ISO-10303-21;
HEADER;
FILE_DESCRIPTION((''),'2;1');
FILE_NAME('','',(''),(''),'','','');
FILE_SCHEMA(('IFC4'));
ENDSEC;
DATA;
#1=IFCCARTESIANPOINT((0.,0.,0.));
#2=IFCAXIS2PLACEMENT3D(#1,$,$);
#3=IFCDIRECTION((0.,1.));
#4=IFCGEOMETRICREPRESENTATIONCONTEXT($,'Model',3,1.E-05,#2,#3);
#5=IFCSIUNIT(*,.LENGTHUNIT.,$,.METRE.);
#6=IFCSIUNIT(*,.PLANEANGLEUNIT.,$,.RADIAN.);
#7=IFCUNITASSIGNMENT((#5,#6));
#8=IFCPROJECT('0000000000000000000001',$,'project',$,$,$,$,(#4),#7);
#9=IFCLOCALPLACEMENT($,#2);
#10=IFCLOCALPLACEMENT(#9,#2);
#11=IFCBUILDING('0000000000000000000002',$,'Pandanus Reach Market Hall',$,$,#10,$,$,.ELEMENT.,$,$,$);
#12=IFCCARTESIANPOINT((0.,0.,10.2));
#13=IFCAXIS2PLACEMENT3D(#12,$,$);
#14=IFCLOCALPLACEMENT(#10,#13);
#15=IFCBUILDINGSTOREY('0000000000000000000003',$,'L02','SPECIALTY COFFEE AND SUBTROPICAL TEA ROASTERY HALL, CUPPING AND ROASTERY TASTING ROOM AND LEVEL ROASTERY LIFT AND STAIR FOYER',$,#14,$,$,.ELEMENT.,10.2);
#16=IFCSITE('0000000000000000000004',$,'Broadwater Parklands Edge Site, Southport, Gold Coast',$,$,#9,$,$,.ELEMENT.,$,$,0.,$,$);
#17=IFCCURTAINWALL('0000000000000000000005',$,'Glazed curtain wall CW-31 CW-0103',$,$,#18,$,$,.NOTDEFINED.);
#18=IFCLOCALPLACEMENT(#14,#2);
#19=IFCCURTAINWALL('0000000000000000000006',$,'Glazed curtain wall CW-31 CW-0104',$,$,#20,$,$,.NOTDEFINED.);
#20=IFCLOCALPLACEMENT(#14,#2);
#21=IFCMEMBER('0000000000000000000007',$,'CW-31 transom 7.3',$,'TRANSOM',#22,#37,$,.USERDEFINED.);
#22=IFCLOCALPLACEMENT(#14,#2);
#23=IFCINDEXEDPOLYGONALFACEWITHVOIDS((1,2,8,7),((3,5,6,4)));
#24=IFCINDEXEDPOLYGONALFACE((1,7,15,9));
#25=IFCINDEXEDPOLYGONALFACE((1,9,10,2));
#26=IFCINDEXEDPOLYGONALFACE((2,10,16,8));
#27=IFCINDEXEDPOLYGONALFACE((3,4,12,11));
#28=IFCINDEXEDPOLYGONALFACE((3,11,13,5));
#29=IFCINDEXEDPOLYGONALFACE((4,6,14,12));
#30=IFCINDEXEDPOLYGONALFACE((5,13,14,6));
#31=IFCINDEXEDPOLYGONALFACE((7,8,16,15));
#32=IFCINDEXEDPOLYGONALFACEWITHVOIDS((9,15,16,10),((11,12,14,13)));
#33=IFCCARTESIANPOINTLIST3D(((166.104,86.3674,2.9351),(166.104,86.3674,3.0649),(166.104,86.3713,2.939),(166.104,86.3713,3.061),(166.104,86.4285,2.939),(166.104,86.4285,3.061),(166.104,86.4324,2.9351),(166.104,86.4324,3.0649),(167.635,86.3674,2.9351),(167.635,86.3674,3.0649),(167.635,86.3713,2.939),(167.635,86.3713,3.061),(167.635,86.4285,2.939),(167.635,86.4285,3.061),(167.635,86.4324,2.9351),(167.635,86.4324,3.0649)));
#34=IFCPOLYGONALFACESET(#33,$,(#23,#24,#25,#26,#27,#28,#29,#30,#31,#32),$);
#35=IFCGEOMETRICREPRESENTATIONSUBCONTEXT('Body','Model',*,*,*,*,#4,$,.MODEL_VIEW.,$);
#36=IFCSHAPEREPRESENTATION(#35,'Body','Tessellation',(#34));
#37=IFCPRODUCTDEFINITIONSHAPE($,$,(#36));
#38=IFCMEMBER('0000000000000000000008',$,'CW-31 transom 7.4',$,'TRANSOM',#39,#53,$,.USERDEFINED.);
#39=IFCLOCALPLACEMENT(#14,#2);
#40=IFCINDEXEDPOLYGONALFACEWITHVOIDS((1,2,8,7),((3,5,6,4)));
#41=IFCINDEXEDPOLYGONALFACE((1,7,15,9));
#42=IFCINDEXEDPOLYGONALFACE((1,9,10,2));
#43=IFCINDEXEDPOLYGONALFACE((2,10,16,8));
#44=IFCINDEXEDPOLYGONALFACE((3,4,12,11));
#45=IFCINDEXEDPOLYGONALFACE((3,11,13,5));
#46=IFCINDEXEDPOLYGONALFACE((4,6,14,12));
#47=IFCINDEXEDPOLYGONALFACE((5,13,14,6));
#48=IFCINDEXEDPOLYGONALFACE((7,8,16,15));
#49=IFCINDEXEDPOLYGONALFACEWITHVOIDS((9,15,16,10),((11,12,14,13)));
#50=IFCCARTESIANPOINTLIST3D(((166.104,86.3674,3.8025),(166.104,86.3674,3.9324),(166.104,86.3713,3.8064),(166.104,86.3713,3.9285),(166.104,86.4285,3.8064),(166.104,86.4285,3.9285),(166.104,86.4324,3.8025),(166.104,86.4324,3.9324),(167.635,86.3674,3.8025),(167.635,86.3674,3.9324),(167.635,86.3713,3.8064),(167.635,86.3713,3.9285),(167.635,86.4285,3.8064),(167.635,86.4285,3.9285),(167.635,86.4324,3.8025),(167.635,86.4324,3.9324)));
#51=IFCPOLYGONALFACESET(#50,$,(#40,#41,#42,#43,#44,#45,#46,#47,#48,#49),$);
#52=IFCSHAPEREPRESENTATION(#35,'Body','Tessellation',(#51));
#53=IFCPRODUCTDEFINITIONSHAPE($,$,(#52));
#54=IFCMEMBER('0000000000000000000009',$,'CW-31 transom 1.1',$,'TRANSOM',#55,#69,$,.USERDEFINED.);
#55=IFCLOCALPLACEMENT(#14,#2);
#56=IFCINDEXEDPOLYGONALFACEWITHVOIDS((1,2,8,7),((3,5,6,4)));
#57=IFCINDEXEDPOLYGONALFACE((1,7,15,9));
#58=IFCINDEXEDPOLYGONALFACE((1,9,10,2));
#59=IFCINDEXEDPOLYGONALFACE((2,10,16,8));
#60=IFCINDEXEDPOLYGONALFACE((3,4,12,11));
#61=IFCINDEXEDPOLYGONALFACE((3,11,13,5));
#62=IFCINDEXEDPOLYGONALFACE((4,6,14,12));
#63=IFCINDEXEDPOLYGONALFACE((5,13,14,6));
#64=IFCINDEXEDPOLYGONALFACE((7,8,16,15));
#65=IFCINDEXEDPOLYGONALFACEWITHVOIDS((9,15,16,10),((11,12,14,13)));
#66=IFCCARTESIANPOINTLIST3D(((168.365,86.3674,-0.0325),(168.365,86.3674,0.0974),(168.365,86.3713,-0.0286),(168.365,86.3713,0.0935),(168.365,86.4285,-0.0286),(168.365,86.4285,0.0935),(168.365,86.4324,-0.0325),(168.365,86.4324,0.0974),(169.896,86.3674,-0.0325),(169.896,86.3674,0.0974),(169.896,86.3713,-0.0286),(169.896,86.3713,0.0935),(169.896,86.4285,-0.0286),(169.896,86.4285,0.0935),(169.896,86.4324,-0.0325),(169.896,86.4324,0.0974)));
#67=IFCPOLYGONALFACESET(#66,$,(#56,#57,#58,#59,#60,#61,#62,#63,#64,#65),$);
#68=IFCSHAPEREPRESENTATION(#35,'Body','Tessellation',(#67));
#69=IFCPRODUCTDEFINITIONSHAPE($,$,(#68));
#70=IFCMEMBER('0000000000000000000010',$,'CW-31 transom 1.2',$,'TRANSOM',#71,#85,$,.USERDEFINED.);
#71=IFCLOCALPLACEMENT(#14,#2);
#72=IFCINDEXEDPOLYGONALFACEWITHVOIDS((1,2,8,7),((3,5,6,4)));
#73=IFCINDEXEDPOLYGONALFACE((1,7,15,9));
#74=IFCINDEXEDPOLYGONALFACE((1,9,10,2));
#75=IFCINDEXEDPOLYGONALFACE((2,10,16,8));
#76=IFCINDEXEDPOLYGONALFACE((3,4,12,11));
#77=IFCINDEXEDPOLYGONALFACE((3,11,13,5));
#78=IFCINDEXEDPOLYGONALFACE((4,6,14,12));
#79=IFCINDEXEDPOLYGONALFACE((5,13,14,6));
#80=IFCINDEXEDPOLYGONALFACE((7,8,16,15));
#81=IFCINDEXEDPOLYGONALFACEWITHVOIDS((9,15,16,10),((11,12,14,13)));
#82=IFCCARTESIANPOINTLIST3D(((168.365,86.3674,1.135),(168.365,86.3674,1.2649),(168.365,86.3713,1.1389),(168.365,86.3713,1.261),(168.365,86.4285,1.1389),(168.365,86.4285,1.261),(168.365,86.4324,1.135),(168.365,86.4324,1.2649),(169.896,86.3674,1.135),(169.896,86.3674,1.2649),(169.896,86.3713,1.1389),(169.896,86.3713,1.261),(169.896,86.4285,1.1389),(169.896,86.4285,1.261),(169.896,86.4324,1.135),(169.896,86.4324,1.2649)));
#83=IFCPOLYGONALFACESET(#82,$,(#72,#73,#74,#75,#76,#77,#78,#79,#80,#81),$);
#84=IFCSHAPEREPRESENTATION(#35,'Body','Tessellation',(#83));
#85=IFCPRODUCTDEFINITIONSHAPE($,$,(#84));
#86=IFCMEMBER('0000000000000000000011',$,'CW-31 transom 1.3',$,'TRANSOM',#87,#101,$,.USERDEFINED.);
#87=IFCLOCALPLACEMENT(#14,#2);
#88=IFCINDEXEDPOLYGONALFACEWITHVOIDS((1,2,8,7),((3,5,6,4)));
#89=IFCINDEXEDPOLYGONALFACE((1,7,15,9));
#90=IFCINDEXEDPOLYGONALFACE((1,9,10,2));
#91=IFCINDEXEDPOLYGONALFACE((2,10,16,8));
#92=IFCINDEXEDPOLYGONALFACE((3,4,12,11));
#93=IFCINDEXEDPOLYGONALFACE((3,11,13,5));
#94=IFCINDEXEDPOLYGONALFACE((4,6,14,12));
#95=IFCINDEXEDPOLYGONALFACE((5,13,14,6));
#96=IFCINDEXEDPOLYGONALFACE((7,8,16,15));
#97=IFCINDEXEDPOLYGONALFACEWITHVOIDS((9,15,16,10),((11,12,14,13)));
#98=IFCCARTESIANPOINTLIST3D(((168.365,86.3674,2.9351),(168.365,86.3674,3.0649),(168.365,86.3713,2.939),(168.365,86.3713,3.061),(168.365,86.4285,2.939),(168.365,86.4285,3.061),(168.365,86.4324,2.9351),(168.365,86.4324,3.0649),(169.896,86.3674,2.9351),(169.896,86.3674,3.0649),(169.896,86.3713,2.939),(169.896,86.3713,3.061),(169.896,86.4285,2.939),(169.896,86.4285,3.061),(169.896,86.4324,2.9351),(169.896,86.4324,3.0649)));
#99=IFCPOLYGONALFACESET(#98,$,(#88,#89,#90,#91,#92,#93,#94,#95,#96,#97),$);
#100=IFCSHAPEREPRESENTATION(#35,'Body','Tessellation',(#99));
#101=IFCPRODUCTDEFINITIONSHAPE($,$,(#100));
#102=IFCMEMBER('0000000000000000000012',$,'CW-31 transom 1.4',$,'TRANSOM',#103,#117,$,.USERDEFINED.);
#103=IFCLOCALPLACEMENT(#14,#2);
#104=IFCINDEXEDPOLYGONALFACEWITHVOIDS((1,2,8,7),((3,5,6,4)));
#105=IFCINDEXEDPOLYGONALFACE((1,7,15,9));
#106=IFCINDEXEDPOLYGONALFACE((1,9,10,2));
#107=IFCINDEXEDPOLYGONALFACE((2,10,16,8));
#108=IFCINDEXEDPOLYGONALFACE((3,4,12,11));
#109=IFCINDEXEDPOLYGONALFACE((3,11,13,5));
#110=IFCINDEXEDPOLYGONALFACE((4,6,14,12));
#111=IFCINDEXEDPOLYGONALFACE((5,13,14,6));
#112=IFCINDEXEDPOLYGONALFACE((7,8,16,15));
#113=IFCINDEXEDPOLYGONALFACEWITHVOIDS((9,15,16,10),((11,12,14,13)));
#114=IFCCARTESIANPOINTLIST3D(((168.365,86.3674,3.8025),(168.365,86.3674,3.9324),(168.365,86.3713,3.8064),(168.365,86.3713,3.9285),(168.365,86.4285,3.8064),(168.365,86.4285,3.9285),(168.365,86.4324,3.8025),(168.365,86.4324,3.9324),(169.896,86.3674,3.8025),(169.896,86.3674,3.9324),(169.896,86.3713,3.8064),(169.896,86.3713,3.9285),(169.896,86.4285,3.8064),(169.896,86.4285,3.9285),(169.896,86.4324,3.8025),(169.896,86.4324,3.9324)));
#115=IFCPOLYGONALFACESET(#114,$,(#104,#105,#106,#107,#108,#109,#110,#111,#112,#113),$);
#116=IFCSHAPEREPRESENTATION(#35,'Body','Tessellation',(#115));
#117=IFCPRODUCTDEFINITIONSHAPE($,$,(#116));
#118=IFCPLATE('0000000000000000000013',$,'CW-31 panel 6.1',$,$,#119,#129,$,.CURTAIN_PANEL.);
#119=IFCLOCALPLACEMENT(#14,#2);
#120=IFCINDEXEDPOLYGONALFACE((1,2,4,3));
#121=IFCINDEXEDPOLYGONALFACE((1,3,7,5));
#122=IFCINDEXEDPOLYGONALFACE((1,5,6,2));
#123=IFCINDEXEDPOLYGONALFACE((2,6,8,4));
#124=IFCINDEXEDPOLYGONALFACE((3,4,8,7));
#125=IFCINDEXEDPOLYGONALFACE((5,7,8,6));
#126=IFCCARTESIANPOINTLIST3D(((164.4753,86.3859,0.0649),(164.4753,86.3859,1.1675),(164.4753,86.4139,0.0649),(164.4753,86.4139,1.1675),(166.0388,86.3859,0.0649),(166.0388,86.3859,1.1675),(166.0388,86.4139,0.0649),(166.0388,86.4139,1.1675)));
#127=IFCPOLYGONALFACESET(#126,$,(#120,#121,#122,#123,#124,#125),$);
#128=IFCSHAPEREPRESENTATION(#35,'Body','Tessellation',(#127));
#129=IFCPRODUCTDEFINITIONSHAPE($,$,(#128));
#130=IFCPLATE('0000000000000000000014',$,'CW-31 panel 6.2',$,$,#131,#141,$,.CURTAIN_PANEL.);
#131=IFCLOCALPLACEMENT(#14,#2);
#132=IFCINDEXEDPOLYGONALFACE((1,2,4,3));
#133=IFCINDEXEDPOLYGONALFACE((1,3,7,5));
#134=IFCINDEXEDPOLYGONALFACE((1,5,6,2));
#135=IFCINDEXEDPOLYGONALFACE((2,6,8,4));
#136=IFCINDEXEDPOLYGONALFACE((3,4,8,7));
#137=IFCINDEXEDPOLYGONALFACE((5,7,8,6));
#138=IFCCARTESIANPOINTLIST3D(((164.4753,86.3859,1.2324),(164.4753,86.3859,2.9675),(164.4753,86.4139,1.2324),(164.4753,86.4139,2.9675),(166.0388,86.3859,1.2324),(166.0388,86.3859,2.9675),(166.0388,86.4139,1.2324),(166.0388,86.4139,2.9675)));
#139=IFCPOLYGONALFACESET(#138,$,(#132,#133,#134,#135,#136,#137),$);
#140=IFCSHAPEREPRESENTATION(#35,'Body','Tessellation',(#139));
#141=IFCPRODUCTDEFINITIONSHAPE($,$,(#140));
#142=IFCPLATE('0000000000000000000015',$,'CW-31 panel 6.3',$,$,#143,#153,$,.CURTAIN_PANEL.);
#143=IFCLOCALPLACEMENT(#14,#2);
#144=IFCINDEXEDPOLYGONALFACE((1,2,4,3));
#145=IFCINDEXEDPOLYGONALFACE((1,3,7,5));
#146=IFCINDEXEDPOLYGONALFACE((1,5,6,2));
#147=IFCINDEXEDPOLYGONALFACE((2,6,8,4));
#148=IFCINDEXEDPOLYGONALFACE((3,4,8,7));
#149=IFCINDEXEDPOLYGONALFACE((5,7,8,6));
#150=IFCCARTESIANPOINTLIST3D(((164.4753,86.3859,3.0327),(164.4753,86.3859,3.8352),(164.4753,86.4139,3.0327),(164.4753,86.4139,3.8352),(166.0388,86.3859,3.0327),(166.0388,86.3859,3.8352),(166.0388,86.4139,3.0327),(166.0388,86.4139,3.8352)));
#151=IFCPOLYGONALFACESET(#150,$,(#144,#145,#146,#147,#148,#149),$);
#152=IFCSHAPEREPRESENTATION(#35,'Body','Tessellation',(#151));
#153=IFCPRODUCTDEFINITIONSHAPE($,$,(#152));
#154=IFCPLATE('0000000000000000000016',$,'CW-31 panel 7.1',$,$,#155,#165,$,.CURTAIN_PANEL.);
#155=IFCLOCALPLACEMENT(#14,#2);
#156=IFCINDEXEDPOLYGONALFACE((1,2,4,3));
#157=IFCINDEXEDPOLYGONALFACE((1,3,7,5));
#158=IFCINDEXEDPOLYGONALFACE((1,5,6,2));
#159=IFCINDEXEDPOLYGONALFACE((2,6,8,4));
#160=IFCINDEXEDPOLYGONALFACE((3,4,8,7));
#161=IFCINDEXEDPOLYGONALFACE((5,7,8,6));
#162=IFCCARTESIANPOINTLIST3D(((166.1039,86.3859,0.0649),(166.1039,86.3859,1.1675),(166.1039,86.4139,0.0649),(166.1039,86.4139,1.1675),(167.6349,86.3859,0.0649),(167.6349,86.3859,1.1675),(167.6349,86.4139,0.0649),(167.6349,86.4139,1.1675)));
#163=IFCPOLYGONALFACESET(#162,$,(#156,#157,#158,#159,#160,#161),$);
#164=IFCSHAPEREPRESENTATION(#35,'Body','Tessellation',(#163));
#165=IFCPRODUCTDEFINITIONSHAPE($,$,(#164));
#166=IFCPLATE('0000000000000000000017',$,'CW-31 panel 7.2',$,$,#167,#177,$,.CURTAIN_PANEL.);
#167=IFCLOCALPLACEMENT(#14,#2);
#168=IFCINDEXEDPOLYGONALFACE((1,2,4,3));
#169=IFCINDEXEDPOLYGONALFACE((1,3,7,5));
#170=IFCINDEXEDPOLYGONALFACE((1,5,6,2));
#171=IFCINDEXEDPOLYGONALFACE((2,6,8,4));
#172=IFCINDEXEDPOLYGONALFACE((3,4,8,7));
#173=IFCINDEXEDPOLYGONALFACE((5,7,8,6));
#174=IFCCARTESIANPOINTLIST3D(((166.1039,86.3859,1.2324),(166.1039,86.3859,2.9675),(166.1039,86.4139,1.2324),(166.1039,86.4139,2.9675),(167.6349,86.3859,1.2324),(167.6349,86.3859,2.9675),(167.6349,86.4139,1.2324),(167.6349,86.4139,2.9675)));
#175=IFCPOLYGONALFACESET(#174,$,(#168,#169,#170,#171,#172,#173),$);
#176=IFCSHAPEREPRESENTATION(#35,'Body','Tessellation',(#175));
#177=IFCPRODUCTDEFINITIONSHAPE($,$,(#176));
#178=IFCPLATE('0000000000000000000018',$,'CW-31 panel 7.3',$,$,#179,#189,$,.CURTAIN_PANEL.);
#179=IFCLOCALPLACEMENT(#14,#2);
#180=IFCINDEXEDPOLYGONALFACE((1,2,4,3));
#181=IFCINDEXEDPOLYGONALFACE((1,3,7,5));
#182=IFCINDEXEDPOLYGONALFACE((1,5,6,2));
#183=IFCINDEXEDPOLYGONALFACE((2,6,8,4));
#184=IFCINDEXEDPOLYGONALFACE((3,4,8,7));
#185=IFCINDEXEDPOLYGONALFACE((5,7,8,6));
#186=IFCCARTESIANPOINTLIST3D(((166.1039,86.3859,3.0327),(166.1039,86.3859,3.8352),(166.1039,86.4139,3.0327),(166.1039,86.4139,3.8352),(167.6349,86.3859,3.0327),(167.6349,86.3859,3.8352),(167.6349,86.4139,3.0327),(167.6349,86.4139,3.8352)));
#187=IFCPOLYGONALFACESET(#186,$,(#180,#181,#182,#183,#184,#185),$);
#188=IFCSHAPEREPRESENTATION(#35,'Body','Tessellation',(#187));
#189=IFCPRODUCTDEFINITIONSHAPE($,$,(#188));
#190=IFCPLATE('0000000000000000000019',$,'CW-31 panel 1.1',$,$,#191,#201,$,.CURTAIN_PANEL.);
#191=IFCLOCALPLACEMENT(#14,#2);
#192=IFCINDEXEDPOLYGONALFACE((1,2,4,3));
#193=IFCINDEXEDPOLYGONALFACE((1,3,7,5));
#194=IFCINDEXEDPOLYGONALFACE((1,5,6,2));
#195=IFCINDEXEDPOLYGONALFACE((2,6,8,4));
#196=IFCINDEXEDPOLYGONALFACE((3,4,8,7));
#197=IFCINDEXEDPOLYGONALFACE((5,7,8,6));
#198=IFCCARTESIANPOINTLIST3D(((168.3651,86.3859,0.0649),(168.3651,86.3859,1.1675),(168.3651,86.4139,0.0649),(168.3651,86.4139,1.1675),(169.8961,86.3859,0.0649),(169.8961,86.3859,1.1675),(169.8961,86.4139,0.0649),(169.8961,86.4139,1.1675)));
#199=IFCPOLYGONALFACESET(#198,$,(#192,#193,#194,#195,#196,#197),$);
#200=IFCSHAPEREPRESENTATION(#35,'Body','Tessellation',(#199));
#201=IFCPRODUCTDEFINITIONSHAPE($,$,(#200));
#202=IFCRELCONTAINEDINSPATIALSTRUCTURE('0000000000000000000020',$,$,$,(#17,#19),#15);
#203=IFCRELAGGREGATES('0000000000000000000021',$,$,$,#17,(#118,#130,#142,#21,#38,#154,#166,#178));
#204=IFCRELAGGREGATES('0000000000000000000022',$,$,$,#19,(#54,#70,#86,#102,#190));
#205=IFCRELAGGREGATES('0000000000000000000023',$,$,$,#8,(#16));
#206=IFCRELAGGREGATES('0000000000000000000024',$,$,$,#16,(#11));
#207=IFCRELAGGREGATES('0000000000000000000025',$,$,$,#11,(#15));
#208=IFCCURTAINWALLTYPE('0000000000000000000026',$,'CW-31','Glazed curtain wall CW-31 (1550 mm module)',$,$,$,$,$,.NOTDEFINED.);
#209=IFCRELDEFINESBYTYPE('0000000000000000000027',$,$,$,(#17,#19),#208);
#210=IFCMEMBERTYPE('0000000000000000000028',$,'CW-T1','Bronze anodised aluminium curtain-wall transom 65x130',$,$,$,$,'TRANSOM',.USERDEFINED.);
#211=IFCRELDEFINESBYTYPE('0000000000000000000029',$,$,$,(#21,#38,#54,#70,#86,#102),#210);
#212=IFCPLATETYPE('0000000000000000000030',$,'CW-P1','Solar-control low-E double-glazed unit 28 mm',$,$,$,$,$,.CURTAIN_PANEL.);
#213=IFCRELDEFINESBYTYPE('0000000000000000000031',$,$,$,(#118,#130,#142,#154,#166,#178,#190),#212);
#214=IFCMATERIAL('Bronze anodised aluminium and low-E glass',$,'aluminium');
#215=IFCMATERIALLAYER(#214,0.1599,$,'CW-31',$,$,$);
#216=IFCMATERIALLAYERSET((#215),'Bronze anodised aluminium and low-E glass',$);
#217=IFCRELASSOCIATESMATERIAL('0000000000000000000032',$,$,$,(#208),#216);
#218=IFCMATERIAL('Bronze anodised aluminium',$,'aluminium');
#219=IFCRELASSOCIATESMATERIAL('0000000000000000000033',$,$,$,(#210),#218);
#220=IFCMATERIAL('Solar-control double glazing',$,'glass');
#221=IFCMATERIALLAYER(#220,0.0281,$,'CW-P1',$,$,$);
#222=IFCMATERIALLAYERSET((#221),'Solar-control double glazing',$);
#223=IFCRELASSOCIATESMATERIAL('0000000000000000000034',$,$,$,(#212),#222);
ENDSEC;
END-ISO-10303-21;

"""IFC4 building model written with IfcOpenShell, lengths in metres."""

from ifc_helpers import new_model, si_unit, direction, frame, origin, origin_2d, place, context, subcontext, project, spatial, rectangle, hollow_rectangle, extrude, material, layer, layer_set, material_profile, profile_set, type_object, element, aggregate, save


model = new_model("IFC4")

# Units and contexts
model_context = context("Model", 3, precision=1e-05, world=origin(), true_north=direction((0.0, 1.0)))
body_context = subcontext(model_context, "Body", "Model", "MODEL_VIEW")
ifc_project = project(units=[si_unit("LENGTHUNIT", "METRE"), si_unit("PLANEANGLEUNIT", "RADIAN")], contexts=[model_context])

# Site, building, storey
site_placement = place(None, origin())
site = spatial("IfcSite", under=ifc_project, at=site_placement, Name="Broadwater Parklands Edge Site, Southport, Gold Coast", CompositionType="ELEMENT", RefElevation=0.0)
building_placement = place(site_placement, origin())
building = spatial("IfcBuilding", under=site, at=building_placement, Name="Pandanus Reach Market Hall", CompositionType="ELEMENT")
storey_placement = place(building_placement, frame((0.0, 0.0, 10.2)))
storey = spatial("IfcBuildingStorey", under=building, at=storey_placement, Name="L02", Description="SPECIALTY COFFEE AND SUBTROPICAL TEA ROASTERY HALL, CUPPING AND ROASTERY TASTING ROOM AND LEVEL ROASTERY LIFT AND STAIR FOYER", CompositionType="ELEMENT", Elevation=10.2)

# Curtain wall
ifc_material_1 = material(Name="Bronze anodised aluminium and low-E glass", Category="aluminium")
ifc_layer_1 = layer(ifc_material_1, 0.1599, Name="CW-31")
ifc_layer_set_1 = layer_set([ifc_layer_1], Name="Bronze anodised aluminium and low-E glass")
curtain_wall_type = type_object("IfcCurtainWallType", Name="CW-31", Description="Glazed curtain wall CW-31 (1550 mm module)", PredefinedType="NOTDEFINED", material=ifc_layer_set_1)
curtain_wall_1_placement = place(storey_placement, origin())
curtain_wall_1 = element("IfcCurtainWall", 1, at=curtain_wall_1_placement, inside=storey, type_object=curtain_wall_type, Name="Glazed curtain wall CW-31 CW-0103", PredefinedType="NOTDEFINED")
ifc_material_2 = material(Name="Bronze anodised aluminium", Category="aluminium")

# Curtain wall
curtain_wall_2_placement = place(storey_placement, origin())
curtain_wall_2 = element("IfcCurtainWall", 2, at=curtain_wall_2_placement, inside=storey, type_object=curtain_wall_type, Name="Glazed curtain wall CW-31 CW-0104", PredefinedType="NOTDEFINED")

# Members
ifc_material_profile_1 = material_profile(ifc_material_2, hollow_rectangle(XDim=0.0649, YDim=0.1299, WallThickness=0.0039, at=origin_2d()), Name="ALU65x130", Category="LoadBearing")
ifc_profile_set_1 = profile_set([ifc_material_profile_1], Name="Bronze anodised aluminium")
member_type_1 = type_object("IfcMemberType", Name="CW-T1", Description="Bronze anodised aluminium curtain-wall transom 65x130", ElementType="TRANSOM", PredefinedType="USERDEFINED", material=ifc_profile_set_1)
member_1_placement = place(storey_placement, frame((166.104, 86.3999, 3.0), z_axis=(1.0, 0.0, 0.0), x_axis=(0.0, 1.0, 0.0)))
member_1 = element("IfcMember", 3, at=member_1_placement, type_object=member_type_1, Name="CW-31 transom 7.3", ObjectType="TRANSOM", PredefinedType="USERDEFINED", context=body_context, shape_type="SweptSolid", body=[
    extrude(hollow_rectangle(XDim=0.0649, YDim=0.1299, WallThickness=0.0039, at=origin_2d()), origin(), (0.0, 0.0, 1.0), 1.531),
])
member_2_placement = place(storey_placement, frame((166.104, 86.3999, 3.8674), z_axis=(1.0, 0.0, 0.0), x_axis=(0.0, 1.0, 0.0)))
member_2 = element("IfcMember", 4, at=member_2_placement, type_object=member_type_1, Name="CW-31 transom 7.4", ObjectType="TRANSOM", PredefinedType="USERDEFINED", context=body_context, shape_type="SweptSolid", body=[
    extrude(hollow_rectangle(XDim=0.0649, YDim=0.1299, WallThickness=0.0039, at=origin_2d()), origin(), (0.0, 0.0, 1.0), 1.531),
])
member_3_placement = place(storey_placement, frame((168.365, 86.3999, 0.0325), z_axis=(1.0, 0.0, 0.0), x_axis=(0.0, 1.0, 0.0)))
member_3 = element("IfcMember", 5, at=member_3_placement, type_object=member_type_1, Name="CW-31 transom 1.1", ObjectType="TRANSOM", PredefinedType="USERDEFINED", context=body_context, shape_type="SweptSolid", body=[
    extrude(hollow_rectangle(XDim=0.0649, YDim=0.1299, WallThickness=0.0039, at=origin_2d()), origin(), (0.0, 0.0, 1.0), 1.531),
])
member_4_placement = place(storey_placement, frame((168.365, 86.3999, 1.2), z_axis=(1.0, 0.0, 0.0), x_axis=(0.0, 1.0, 0.0)))
member_4 = element("IfcMember", 6, at=member_4_placement, type_object=member_type_1, Name="CW-31 transom 1.2", ObjectType="TRANSOM", PredefinedType="USERDEFINED", context=body_context, shape_type="SweptSolid", body=[
    extrude(hollow_rectangle(XDim=0.0649, YDim=0.1299, WallThickness=0.0039, at=origin_2d()), origin(), (0.0, 0.0, 1.0), 1.531),
])
member_5_placement = place(storey_placement, frame((168.365, 86.3999, 3.0), z_axis=(1.0, 0.0, 0.0), x_axis=(0.0, 1.0, 0.0)))
member_5 = element("IfcMember", 7, at=member_5_placement, type_object=member_type_1, Name="CW-31 transom 1.3", ObjectType="TRANSOM", PredefinedType="USERDEFINED", context=body_context, shape_type="SweptSolid", body=[
    extrude(hollow_rectangle(XDim=0.0649, YDim=0.1299, WallThickness=0.0039, at=origin_2d()), origin(), (0.0, 0.0, 1.0), 1.531),
])
member_6_placement = place(storey_placement, frame((168.365, 86.3999, 3.8674), z_axis=(1.0, 0.0, 0.0), x_axis=(0.0, 1.0, 0.0)))
member_6 = element("IfcMember", 8, at=member_6_placement, type_object=member_type_1, Name="CW-31 transom 1.4", ObjectType="TRANSOM", PredefinedType="USERDEFINED", context=body_context, shape_type="SweptSolid", body=[
    extrude(hollow_rectangle(XDim=0.0649, YDim=0.1299, WallThickness=0.0039, at=origin_2d()), origin(), (0.0, 0.0, 1.0), 1.531),
])

# Plates
ifc_material_3 = material(Name="Solar-control double glazing", Category="glass")
ifc_layer_2 = layer(ifc_material_3, 0.0281, Name="CW-P1")
ifc_layer_set_2 = layer_set([ifc_layer_2], Name="Solar-control double glazing")
plate_type = type_object("IfcPlateType", Name="CW-P1", Description="Solar-control low-E double-glazed unit 28 mm", PredefinedType="CURTAIN_PANEL", material=ifc_layer_set_2)
plate_1_placement = place(storey_placement, frame((165.2571, 86.3999, 0.0649), z_axis=(0.0, 0.0, 1.0), x_axis=(1.0, 0.0, 0.0)))
plate_1 = element("IfcPlate", 9, at=plate_1_placement, type_object=plate_type, Name="CW-31 panel 6.1", PredefinedType="CURTAIN_PANEL", context=body_context, shape_type="SweptSolid", body=[
    extrude(rectangle(XDim=1.5635, YDim=0.0281, at=origin_2d()), origin(), (0.0, 0.0, 1.0), 1.1025),
])
plate_2_placement = place(storey_placement, frame((165.2571, 86.3999, 1.2324), z_axis=(0.0, 0.0, 1.0), x_axis=(1.0, 0.0, 0.0)))
plate_2 = element("IfcPlate", 10, at=plate_2_placement, type_object=plate_type, Name="CW-31 panel 6.2", PredefinedType="CURTAIN_PANEL", context=body_context, shape_type="SweptSolid", body=[
    extrude(rectangle(XDim=1.5635, YDim=0.0281, at=origin_2d()), origin(), (0.0, 0.0, 1.0), 1.7351),
])
plate_3_placement = place(storey_placement, frame((165.2571, 86.3999, 3.0327), z_axis=(0.0, 0.0, 1.0), x_axis=(1.0, 0.0, 0.0)))
plate_3 = element("IfcPlate", 11, at=plate_3_placement, type_object=plate_type, Name="CW-31 panel 6.3", PredefinedType="CURTAIN_PANEL", context=body_context, shape_type="SweptSolid", body=[
    extrude(rectangle(XDim=1.5635, YDim=0.0281, at=origin_2d()), origin(), (0.0, 0.0, 1.0), 0.8025),
])
plate_4_placement = place(storey_placement, frame((166.8694, 86.3999, 0.0649), z_axis=(0.0, 0.0, 1.0), x_axis=(1.0, 0.0, 0.0)))
plate_4 = element("IfcPlate", 12, at=plate_4_placement, type_object=plate_type, Name="CW-31 panel 7.1", PredefinedType="CURTAIN_PANEL", context=body_context, shape_type="SweptSolid", body=[
    extrude(rectangle(XDim=1.531, YDim=0.0281, at=origin_2d()), origin(), (0.0, 0.0, 1.0), 1.1025),
])
plate_5_placement = place(storey_placement, frame((166.8694, 86.3999, 1.2324), z_axis=(0.0, 0.0, 1.0), x_axis=(1.0, 0.0, 0.0)))
plate_5 = element("IfcPlate", 13, at=plate_5_placement, type_object=plate_type, Name="CW-31 panel 7.2", PredefinedType="CURTAIN_PANEL", context=body_context, shape_type="SweptSolid", body=[
    extrude(rectangle(XDim=1.531, YDim=0.0281, at=origin_2d()), origin(), (0.0, 0.0, 1.0), 1.7351),
])
plate_6_placement = place(storey_placement, frame((166.8694, 86.3999, 3.0327), z_axis=(0.0, 0.0, 1.0), x_axis=(1.0, 0.0, 0.0)))
plate_6 = element("IfcPlate", 14, at=plate_6_placement, type_object=plate_type, Name="CW-31 panel 7.3", PredefinedType="CURTAIN_PANEL", context=body_context, shape_type="SweptSolid", body=[
    extrude(rectangle(XDim=1.531, YDim=0.0281, at=origin_2d()), origin(), (0.0, 0.0, 1.0), 0.8025),
])
aggregate(curtain_wall_1, [plate_1, plate_2, plate_3, member_1, member_2, plate_4, plate_5, plate_6])
plate_7_placement = place(storey_placement, frame((169.1306, 86.3999, 0.0649), z_axis=(0.0, 0.0, 1.0), x_axis=(1.0, 0.0, 0.0)))
plate_7 = element("IfcPlate", 15, at=plate_7_placement, type_object=plate_type, Name="CW-31 panel 1.1", PredefinedType="CURTAIN_PANEL", context=body_context, shape_type="SweptSolid", body=[
    extrude(rectangle(XDim=1.531, YDim=0.0281, at=origin_2d()), origin(), (0.0, 0.0, 1.0), 1.1025),
])
aggregate(curtain_wall_2, [member_3, member_4, member_5, member_6, plate_7])

save(model, "model.ifc")
